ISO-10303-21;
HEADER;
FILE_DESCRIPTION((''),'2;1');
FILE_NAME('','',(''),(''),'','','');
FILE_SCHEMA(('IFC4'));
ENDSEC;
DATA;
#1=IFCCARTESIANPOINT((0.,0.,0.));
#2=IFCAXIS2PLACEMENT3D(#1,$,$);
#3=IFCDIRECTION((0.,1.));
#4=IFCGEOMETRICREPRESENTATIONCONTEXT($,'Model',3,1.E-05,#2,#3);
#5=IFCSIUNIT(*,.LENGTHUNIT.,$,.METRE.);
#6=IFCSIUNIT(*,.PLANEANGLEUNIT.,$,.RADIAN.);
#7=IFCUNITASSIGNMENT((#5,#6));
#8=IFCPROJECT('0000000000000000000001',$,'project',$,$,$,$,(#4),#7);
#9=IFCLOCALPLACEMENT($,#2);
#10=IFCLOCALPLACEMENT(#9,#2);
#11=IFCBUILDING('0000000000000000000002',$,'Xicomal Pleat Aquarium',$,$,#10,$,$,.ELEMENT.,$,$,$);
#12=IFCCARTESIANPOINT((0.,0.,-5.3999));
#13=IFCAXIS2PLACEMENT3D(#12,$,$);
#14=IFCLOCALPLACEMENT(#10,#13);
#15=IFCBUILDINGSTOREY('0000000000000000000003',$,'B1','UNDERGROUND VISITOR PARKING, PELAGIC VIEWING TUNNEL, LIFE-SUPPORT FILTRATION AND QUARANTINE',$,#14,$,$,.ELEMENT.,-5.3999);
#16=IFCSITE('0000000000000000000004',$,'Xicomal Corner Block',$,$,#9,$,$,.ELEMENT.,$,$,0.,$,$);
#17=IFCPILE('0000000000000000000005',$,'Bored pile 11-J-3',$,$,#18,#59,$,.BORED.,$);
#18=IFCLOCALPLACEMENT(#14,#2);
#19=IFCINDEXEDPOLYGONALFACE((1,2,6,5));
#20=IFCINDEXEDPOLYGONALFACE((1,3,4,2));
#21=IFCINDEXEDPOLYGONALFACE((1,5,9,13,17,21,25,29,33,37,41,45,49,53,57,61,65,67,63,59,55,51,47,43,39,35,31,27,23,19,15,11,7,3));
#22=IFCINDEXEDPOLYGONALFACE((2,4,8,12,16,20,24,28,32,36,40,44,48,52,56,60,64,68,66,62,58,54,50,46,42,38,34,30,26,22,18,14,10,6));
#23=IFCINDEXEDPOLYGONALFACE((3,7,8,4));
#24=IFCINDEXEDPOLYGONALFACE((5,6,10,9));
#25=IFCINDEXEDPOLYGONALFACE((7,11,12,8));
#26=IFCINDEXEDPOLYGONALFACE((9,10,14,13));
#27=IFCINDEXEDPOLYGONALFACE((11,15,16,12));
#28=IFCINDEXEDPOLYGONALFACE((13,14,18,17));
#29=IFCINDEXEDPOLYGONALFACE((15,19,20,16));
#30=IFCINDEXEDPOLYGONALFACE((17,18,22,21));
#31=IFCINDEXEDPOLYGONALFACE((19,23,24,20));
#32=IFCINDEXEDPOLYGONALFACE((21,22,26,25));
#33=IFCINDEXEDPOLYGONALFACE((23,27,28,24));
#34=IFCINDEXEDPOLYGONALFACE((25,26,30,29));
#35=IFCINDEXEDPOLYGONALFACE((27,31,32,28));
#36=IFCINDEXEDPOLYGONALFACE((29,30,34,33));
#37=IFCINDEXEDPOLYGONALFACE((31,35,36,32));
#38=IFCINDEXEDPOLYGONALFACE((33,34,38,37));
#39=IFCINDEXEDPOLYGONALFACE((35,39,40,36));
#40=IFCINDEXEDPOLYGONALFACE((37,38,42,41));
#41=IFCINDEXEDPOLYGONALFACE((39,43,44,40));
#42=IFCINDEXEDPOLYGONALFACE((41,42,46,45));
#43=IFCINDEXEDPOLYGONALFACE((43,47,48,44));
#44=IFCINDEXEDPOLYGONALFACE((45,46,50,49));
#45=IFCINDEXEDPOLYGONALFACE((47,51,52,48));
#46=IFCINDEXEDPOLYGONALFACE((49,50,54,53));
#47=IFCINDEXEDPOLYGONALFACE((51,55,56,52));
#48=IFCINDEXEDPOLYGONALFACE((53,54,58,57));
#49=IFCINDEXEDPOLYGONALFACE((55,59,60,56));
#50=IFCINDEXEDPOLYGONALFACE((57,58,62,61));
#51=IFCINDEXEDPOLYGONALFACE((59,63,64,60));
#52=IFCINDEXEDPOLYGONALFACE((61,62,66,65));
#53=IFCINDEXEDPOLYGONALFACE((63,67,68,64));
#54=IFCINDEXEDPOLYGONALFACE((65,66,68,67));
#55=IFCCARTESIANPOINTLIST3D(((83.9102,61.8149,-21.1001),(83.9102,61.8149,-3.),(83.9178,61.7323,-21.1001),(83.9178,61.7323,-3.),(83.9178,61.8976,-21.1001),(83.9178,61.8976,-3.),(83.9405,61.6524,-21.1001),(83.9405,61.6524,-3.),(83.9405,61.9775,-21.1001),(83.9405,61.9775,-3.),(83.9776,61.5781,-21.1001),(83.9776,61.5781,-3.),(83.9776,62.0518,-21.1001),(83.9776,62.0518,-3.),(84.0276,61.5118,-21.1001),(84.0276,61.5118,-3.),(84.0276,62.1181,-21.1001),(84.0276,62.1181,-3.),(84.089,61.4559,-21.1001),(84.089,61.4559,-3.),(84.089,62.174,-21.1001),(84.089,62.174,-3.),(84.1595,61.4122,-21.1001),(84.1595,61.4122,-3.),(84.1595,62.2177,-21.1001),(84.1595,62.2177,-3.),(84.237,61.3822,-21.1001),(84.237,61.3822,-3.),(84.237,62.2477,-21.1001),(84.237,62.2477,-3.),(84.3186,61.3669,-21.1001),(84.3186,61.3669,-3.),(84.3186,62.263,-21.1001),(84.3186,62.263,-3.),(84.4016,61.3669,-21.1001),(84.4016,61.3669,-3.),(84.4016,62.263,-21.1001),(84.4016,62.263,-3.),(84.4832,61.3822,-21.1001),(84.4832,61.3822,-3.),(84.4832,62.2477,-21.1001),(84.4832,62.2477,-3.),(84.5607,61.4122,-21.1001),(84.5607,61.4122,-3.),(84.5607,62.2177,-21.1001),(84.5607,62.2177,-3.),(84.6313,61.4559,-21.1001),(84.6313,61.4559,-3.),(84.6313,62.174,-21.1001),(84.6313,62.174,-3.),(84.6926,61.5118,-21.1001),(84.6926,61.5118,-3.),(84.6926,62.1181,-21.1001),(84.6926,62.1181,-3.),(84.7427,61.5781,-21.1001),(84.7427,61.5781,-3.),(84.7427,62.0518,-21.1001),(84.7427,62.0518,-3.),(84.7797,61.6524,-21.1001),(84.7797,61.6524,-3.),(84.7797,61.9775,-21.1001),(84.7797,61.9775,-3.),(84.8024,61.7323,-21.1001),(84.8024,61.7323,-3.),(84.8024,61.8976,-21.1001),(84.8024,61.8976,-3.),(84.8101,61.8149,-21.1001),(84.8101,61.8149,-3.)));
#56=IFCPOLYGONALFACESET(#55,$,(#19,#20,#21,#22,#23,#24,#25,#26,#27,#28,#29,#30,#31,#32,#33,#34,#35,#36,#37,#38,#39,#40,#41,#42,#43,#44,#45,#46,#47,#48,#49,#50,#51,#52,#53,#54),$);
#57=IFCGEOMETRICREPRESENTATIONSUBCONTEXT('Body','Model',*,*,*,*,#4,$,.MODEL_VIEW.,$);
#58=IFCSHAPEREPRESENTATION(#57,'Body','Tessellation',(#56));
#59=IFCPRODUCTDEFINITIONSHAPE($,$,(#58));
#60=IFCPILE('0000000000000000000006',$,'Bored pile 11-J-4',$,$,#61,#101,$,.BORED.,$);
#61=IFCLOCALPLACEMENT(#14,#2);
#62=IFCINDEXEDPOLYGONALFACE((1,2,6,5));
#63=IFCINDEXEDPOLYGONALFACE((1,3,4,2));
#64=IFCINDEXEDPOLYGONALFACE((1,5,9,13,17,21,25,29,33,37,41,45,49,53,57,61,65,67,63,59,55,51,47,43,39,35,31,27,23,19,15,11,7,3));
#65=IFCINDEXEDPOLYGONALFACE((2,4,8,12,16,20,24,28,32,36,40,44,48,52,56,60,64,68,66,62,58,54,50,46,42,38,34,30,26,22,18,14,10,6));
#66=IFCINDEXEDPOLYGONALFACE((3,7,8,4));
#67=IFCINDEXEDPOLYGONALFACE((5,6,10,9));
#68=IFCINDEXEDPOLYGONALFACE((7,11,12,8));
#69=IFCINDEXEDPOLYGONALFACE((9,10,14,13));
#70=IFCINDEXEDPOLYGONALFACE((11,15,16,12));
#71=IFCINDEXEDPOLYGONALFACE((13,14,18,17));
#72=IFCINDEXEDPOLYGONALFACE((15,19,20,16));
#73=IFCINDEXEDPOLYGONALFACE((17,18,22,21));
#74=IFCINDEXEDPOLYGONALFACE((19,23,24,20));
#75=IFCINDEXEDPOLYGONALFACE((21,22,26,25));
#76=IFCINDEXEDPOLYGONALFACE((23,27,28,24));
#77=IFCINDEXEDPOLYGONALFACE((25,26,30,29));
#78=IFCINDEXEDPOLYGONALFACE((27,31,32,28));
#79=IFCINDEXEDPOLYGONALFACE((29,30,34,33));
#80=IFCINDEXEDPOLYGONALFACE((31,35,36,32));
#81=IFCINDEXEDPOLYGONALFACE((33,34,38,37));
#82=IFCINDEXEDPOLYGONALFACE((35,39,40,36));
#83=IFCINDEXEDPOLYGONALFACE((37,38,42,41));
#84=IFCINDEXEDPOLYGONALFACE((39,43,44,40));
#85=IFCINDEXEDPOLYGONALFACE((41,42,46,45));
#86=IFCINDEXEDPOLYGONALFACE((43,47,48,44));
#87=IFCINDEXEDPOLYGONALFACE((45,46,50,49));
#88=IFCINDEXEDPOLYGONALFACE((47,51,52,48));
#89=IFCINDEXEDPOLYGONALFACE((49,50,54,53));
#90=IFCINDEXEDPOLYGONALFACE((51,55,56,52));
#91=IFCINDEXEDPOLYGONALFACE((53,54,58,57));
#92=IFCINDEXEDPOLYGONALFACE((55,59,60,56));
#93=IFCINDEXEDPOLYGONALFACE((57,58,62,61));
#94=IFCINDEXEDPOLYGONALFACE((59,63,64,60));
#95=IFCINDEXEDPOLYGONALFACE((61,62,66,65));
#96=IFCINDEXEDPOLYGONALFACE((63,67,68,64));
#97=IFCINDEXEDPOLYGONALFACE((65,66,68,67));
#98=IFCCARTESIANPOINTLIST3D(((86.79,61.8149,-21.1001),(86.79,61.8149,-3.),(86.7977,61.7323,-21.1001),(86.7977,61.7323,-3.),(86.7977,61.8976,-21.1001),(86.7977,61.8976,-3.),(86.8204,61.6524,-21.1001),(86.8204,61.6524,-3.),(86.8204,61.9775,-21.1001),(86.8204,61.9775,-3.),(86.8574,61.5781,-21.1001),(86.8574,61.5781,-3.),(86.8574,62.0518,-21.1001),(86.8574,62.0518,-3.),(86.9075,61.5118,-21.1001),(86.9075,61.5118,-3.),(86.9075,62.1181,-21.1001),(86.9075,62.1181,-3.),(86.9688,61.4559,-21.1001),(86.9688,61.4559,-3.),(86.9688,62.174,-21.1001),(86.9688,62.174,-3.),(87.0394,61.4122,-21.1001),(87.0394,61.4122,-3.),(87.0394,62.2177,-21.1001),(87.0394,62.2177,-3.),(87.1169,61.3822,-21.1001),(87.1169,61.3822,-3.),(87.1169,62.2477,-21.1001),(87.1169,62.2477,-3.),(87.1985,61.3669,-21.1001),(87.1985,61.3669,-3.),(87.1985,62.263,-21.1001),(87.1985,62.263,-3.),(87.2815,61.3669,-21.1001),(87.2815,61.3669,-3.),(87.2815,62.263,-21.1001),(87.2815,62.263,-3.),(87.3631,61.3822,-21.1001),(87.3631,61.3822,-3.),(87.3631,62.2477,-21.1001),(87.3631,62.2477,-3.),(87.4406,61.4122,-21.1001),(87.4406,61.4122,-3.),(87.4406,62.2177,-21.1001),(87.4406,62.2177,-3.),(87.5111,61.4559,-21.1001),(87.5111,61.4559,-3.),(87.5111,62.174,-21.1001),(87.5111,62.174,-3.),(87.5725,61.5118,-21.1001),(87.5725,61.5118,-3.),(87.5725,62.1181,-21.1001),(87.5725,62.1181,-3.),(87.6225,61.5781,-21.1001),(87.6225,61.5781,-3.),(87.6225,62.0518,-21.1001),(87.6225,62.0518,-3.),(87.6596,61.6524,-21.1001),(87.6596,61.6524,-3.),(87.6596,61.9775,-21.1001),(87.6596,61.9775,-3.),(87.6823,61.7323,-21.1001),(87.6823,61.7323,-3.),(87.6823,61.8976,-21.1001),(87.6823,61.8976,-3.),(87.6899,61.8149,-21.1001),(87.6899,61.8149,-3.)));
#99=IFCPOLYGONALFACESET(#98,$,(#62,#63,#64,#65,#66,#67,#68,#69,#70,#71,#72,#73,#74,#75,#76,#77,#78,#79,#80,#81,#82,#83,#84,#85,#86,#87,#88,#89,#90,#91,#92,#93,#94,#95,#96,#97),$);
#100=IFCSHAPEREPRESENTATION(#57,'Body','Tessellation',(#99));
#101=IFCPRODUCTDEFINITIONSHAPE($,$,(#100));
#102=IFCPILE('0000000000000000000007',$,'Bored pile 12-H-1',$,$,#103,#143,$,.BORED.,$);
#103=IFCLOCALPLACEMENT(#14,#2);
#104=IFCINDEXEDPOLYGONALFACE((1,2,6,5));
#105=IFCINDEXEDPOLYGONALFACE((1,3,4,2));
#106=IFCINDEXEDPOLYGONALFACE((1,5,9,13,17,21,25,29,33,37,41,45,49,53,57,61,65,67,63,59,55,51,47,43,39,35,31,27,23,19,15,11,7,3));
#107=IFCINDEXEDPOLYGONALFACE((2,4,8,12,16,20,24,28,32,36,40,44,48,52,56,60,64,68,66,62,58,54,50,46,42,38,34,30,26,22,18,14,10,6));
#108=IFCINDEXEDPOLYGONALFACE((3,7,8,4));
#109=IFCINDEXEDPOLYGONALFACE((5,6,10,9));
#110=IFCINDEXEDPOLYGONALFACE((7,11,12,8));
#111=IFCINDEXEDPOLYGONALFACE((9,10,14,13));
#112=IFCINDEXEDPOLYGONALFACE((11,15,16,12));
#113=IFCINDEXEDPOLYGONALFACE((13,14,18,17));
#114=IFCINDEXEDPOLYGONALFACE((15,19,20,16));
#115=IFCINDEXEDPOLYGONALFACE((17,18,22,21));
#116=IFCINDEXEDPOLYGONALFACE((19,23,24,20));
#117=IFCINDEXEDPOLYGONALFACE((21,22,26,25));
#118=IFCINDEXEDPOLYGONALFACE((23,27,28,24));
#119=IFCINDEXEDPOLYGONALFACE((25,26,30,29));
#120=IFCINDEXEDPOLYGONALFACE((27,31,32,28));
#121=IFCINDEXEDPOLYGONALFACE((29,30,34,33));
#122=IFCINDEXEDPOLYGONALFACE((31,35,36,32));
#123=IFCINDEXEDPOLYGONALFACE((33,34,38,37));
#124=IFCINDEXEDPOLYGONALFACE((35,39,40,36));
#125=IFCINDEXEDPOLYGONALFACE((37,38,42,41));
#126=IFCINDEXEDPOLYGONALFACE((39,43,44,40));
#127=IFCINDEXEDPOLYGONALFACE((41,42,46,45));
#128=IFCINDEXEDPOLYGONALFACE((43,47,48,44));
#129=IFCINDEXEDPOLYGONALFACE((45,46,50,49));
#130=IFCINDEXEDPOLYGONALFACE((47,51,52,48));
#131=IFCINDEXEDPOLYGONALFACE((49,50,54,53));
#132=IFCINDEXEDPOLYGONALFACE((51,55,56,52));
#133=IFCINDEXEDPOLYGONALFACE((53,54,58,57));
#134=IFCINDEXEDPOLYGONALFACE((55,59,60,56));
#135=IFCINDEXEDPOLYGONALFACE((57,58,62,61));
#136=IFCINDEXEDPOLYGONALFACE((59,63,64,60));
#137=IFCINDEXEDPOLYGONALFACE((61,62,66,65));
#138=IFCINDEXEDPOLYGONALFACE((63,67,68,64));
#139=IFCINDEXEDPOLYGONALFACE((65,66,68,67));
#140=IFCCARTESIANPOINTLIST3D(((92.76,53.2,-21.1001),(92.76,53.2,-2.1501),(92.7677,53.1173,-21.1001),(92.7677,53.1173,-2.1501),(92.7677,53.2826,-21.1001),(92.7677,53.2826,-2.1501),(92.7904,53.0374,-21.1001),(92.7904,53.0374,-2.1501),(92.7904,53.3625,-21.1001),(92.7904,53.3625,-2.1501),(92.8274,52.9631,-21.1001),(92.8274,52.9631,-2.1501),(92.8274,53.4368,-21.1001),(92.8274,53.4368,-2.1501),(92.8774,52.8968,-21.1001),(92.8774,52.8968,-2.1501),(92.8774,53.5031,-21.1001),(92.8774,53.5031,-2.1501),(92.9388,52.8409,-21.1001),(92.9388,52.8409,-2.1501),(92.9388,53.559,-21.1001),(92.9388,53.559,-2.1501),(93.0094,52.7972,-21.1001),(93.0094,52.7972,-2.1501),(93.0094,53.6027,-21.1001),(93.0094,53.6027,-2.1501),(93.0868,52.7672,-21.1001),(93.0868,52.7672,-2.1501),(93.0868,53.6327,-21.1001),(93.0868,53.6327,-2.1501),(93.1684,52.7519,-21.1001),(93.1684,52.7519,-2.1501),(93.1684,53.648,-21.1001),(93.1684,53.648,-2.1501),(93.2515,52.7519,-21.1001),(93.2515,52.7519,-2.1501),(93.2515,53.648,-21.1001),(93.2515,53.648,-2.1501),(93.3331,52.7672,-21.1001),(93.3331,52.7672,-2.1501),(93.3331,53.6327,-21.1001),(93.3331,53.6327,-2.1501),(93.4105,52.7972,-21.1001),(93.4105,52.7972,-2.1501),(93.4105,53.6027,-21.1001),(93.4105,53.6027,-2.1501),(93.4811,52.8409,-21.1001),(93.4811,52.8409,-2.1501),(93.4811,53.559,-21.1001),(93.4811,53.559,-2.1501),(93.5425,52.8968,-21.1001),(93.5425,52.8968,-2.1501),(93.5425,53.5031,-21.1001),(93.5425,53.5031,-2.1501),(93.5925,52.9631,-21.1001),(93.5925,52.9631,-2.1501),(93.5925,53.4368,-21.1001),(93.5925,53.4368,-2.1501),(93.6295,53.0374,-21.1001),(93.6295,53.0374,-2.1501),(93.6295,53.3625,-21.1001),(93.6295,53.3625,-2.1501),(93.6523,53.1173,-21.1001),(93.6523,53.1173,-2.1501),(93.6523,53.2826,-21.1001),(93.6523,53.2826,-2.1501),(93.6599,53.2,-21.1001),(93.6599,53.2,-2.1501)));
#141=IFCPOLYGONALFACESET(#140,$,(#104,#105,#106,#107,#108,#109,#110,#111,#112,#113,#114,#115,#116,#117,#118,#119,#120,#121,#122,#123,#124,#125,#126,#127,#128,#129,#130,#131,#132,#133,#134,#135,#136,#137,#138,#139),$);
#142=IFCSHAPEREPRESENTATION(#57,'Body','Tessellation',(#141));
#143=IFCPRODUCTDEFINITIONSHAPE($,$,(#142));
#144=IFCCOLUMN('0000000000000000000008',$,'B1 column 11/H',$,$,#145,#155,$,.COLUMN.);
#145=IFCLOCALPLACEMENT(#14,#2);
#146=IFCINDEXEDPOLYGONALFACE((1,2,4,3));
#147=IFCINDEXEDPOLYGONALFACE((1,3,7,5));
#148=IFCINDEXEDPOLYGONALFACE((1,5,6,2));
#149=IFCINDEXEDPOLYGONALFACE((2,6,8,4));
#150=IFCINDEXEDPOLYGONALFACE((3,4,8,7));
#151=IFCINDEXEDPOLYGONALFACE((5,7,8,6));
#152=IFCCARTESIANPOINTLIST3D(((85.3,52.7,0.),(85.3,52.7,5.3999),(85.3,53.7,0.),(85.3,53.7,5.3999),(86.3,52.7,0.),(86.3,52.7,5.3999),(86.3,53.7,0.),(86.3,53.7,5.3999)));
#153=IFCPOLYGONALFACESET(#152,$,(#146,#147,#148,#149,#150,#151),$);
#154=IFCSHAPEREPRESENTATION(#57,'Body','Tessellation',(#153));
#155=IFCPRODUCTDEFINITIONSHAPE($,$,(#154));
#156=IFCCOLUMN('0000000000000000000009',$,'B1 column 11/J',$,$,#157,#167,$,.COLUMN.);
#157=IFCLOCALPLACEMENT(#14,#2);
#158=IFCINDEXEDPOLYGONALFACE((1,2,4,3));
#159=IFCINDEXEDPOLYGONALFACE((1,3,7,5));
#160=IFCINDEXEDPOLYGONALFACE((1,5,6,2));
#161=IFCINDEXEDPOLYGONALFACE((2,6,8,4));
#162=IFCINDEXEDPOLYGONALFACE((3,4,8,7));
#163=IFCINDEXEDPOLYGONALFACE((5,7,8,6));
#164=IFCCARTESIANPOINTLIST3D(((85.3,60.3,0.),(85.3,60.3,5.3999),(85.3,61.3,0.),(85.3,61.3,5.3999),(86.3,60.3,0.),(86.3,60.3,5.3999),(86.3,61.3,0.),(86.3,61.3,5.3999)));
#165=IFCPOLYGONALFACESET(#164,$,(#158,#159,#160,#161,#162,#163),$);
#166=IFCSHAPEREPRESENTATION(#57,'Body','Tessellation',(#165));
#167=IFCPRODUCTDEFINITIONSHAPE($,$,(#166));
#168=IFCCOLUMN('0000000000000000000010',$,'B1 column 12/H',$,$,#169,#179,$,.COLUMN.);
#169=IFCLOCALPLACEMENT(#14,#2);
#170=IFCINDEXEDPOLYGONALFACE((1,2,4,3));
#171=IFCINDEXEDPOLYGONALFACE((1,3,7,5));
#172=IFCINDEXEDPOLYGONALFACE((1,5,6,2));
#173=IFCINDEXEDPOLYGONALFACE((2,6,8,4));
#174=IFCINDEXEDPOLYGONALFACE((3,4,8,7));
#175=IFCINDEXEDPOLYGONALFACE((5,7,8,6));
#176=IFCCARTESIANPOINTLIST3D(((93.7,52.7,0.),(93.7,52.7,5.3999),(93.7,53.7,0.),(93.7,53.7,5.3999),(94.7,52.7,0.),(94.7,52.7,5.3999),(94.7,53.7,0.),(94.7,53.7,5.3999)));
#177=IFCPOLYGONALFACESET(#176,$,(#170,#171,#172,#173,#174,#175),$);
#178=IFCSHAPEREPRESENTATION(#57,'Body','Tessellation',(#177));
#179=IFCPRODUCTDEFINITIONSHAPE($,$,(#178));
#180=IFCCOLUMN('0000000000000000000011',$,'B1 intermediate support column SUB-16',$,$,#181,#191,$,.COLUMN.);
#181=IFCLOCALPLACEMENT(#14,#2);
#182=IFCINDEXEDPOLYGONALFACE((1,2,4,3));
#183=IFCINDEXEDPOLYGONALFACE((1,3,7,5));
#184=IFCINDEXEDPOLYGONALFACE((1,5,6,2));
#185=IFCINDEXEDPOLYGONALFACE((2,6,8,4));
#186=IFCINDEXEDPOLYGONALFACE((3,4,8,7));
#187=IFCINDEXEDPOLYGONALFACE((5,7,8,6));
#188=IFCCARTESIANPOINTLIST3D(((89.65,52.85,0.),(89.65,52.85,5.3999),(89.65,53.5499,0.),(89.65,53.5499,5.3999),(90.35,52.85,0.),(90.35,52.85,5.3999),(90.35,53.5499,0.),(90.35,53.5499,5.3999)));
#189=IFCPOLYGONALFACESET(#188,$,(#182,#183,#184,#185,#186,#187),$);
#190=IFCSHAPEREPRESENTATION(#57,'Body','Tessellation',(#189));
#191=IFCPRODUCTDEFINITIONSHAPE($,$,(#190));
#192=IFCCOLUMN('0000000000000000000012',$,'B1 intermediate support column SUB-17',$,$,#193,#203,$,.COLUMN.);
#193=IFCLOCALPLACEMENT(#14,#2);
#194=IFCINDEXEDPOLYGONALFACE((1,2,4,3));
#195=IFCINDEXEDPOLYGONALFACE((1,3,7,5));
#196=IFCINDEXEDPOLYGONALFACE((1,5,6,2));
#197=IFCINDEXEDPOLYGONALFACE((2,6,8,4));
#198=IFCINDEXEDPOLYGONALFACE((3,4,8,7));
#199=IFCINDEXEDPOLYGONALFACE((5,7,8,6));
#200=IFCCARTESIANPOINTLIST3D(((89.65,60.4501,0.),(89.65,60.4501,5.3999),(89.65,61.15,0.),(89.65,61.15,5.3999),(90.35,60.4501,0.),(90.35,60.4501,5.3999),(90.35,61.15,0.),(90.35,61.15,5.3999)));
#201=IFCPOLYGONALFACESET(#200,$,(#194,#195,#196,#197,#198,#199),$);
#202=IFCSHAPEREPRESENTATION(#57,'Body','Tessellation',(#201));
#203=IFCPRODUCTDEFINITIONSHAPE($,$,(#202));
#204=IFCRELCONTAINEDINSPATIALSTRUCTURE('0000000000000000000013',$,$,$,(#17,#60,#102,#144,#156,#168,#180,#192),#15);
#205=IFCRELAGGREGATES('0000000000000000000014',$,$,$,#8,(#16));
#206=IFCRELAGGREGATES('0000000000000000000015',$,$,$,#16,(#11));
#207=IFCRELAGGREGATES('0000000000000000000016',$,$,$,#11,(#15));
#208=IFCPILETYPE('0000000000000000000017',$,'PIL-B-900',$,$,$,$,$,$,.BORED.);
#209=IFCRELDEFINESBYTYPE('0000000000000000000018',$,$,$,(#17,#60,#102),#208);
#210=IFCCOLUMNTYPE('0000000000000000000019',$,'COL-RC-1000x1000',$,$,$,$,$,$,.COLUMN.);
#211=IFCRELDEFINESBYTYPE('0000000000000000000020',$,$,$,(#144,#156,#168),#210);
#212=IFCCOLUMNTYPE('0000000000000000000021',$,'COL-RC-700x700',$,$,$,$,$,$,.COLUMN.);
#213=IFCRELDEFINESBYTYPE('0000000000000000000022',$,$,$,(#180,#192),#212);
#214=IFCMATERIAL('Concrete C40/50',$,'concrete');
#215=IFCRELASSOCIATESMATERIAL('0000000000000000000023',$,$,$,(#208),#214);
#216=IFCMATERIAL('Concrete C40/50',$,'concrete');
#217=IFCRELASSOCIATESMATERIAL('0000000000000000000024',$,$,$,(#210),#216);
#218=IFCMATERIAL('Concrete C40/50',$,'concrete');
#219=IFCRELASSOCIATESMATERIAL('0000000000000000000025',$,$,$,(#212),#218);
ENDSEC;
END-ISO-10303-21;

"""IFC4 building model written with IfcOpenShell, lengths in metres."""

from ifc_helpers import new_model, si_unit, direction, frame, origin, origin_2d, place, context, subcontext, project, spatial, rectangle, circle, extrude, material, material_profile, profile_set, type_object, element, save


model = new_model("IFC4")

# Units and contexts
model_context = context("Model", 3, precision=1e-05, world=origin(), true_north=direction((0.0, 1.0)))
body_context = subcontext(model_context, "Body", "Model", "MODEL_VIEW")
ifc_project = project(units=[si_unit("LENGTHUNIT", "METRE"), si_unit("PLANEANGLEUNIT", "RADIAN")], contexts=[model_context])

# Site, building, storey
site_placement = place(None, origin())
site = spatial("IfcSite", under=ifc_project, at=site_placement, Name="Xicomal Corner Block", CompositionType="ELEMENT", RefElevation=0.0)
building_placement = place(site_placement, origin())
building = spatial("IfcBuilding", under=site, at=building_placement, Name="Xicomal Pleat Aquarium", CompositionType="ELEMENT")
storey_placement = place(building_placement, frame((0.0, 0.0, -5.3999)))
storey = spatial("IfcBuildingStorey", under=building, at=storey_placement, Name="B1", Description="UNDERGROUND VISITOR PARKING, PELAGIC VIEWING TUNNEL, LIFE-SUPPORT FILTRATION AND QUARANTINE", CompositionType="ELEMENT", Elevation=-5.3999)

# Piles
ifc_material_1 = material(Name="Concrete C40/50", Category="concrete")
ifc_material_profile_1 = material_profile(ifc_material_1, circle(Radius=0.45, at=origin_2d()), Name="BORED PILE D900")
ifc_profile_set_1 = profile_set([ifc_material_profile_1], Name="Concrete C40/50")
pile_type_1 = type_object("IfcPileType", Name="PIL-B-900", PredefinedType="BORED", material=ifc_profile_set_1)
for number, where, z_axis, x_axis, name in (
    (1, (84.3601, 61.8149, -3.0), (0.0, 0.0, -1.0), (1.0, 0.0, 0.0), "Bored pile 11-J-3"),
    (2, (87.24, 61.8149, -3.0), (0.0, 0.0, -1.0), (1.0, 0.0, 0.0), "Bored pile 11-J-4"),
):
    element("IfcPile", number, at=place(storey_placement, frame(where, z_axis=z_axis, x_axis=x_axis)), inside=storey, type_object=pile_type_1, Name=name, PredefinedType="BORED", context=body_context, shape_type="SweptSolid", body=[
        extrude(circle(Radius=0.45, at=origin_2d()), origin(), (0.0, 0.0, 1.0), 18.1001),
    ])
pile_placement = place(storey_placement, frame((93.21, 53.2, -2.1501), z_axis=(0.0, 0.0, -1.0), x_axis=(1.0, 0.0, 0.0)))
element("IfcPile", 3, at=pile_placement, inside=storey, type_object=pile_type_1, Name="Bored pile 12-H-1", PredefinedType="BORED", context=body_context, shape_type="SweptSolid", body=[
    extrude(circle(Radius=0.45, at=origin_2d()), origin(), (0.0, 0.0, 1.0), 18.95),
])

# Columns
ifc_material_2 = material(Name="Concrete C40/50", Category="concrete")
ifc_material_profile_2 = material_profile(ifc_material_2, rectangle(XDim=1.0, YDim=1.0, at=origin_2d()), Name="RC 1000x1000")
ifc_profile_set_2 = profile_set([ifc_material_profile_2], Name="Concrete C40/50")
column_type_1 = type_object("IfcColumnType", Name="COL-RC-1000x1000", PredefinedType="COLUMN", material=ifc_profile_set_2)
for number, where, z_axis, x_axis, name in (
    (4, (85.8, 53.2, 0.0), (0.0, 0.0, 1.0), (1.0, 0.0, 0.0), "B1 column 11/H"),
    (5, (85.8, 60.8, 0.0), (0.0, 0.0, 1.0), (1.0, 0.0, 0.0), "B1 column 11/J"),
    (6, (94.2, 53.2, 0.0), (0.0, 0.0, 1.0), (1.0, 0.0, 0.0), "B1 column 12/H"),
):
    element("IfcColumn", number, at=place(storey_placement, frame(where, z_axis=z_axis, x_axis=x_axis)), inside=storey, type_object=column_type_1, Name=name, PredefinedType="COLUMN", context=body_context, shape_type="SweptSolid", body=[
        extrude(rectangle(XDim=1.0, YDim=1.0, at=origin_2d()), origin(), (0.0, 0.0, 1.0), 5.3999),
    ])
ifc_material_3 = material(Name="Concrete C40/50", Category="concrete")
ifc_material_profile_3 = material_profile(ifc_material_3, rectangle(XDim=0.7, YDim=0.7, at=origin_2d()), Name="RC 700x700")
ifc_profile_set_3 = profile_set([ifc_material_profile_3], Name="Concrete C40/50")
column_type_2 = type_object("IfcColumnType", Name="COL-RC-700x700", PredefinedType="COLUMN", material=ifc_profile_set_3)
for number, where, z_axis, x_axis, name in (
    (7, (90.0, 53.2, 0.0), (0.0, 0.0, 1.0), (1.0, 0.0, 0.0), "B1 intermediate support column SUB-16"),
    (8, (90.0, 60.8, 0.0), (0.0, 0.0, 1.0), (1.0, 0.0, 0.0), "B1 intermediate support column SUB-17"),
):
    element("IfcColumn", number, at=place(storey_placement, frame(where, z_axis=z_axis, x_axis=x_axis)), inside=storey, type_object=column_type_2, Name=name, PredefinedType="COLUMN", context=body_context, shape_type="SweptSolid", body=[
        extrude(rectangle(XDim=0.7, YDim=0.7, at=origin_2d()), origin(), (0.0, 0.0, 1.0), 5.3999),
    ])

save(model, "model.ifc")
